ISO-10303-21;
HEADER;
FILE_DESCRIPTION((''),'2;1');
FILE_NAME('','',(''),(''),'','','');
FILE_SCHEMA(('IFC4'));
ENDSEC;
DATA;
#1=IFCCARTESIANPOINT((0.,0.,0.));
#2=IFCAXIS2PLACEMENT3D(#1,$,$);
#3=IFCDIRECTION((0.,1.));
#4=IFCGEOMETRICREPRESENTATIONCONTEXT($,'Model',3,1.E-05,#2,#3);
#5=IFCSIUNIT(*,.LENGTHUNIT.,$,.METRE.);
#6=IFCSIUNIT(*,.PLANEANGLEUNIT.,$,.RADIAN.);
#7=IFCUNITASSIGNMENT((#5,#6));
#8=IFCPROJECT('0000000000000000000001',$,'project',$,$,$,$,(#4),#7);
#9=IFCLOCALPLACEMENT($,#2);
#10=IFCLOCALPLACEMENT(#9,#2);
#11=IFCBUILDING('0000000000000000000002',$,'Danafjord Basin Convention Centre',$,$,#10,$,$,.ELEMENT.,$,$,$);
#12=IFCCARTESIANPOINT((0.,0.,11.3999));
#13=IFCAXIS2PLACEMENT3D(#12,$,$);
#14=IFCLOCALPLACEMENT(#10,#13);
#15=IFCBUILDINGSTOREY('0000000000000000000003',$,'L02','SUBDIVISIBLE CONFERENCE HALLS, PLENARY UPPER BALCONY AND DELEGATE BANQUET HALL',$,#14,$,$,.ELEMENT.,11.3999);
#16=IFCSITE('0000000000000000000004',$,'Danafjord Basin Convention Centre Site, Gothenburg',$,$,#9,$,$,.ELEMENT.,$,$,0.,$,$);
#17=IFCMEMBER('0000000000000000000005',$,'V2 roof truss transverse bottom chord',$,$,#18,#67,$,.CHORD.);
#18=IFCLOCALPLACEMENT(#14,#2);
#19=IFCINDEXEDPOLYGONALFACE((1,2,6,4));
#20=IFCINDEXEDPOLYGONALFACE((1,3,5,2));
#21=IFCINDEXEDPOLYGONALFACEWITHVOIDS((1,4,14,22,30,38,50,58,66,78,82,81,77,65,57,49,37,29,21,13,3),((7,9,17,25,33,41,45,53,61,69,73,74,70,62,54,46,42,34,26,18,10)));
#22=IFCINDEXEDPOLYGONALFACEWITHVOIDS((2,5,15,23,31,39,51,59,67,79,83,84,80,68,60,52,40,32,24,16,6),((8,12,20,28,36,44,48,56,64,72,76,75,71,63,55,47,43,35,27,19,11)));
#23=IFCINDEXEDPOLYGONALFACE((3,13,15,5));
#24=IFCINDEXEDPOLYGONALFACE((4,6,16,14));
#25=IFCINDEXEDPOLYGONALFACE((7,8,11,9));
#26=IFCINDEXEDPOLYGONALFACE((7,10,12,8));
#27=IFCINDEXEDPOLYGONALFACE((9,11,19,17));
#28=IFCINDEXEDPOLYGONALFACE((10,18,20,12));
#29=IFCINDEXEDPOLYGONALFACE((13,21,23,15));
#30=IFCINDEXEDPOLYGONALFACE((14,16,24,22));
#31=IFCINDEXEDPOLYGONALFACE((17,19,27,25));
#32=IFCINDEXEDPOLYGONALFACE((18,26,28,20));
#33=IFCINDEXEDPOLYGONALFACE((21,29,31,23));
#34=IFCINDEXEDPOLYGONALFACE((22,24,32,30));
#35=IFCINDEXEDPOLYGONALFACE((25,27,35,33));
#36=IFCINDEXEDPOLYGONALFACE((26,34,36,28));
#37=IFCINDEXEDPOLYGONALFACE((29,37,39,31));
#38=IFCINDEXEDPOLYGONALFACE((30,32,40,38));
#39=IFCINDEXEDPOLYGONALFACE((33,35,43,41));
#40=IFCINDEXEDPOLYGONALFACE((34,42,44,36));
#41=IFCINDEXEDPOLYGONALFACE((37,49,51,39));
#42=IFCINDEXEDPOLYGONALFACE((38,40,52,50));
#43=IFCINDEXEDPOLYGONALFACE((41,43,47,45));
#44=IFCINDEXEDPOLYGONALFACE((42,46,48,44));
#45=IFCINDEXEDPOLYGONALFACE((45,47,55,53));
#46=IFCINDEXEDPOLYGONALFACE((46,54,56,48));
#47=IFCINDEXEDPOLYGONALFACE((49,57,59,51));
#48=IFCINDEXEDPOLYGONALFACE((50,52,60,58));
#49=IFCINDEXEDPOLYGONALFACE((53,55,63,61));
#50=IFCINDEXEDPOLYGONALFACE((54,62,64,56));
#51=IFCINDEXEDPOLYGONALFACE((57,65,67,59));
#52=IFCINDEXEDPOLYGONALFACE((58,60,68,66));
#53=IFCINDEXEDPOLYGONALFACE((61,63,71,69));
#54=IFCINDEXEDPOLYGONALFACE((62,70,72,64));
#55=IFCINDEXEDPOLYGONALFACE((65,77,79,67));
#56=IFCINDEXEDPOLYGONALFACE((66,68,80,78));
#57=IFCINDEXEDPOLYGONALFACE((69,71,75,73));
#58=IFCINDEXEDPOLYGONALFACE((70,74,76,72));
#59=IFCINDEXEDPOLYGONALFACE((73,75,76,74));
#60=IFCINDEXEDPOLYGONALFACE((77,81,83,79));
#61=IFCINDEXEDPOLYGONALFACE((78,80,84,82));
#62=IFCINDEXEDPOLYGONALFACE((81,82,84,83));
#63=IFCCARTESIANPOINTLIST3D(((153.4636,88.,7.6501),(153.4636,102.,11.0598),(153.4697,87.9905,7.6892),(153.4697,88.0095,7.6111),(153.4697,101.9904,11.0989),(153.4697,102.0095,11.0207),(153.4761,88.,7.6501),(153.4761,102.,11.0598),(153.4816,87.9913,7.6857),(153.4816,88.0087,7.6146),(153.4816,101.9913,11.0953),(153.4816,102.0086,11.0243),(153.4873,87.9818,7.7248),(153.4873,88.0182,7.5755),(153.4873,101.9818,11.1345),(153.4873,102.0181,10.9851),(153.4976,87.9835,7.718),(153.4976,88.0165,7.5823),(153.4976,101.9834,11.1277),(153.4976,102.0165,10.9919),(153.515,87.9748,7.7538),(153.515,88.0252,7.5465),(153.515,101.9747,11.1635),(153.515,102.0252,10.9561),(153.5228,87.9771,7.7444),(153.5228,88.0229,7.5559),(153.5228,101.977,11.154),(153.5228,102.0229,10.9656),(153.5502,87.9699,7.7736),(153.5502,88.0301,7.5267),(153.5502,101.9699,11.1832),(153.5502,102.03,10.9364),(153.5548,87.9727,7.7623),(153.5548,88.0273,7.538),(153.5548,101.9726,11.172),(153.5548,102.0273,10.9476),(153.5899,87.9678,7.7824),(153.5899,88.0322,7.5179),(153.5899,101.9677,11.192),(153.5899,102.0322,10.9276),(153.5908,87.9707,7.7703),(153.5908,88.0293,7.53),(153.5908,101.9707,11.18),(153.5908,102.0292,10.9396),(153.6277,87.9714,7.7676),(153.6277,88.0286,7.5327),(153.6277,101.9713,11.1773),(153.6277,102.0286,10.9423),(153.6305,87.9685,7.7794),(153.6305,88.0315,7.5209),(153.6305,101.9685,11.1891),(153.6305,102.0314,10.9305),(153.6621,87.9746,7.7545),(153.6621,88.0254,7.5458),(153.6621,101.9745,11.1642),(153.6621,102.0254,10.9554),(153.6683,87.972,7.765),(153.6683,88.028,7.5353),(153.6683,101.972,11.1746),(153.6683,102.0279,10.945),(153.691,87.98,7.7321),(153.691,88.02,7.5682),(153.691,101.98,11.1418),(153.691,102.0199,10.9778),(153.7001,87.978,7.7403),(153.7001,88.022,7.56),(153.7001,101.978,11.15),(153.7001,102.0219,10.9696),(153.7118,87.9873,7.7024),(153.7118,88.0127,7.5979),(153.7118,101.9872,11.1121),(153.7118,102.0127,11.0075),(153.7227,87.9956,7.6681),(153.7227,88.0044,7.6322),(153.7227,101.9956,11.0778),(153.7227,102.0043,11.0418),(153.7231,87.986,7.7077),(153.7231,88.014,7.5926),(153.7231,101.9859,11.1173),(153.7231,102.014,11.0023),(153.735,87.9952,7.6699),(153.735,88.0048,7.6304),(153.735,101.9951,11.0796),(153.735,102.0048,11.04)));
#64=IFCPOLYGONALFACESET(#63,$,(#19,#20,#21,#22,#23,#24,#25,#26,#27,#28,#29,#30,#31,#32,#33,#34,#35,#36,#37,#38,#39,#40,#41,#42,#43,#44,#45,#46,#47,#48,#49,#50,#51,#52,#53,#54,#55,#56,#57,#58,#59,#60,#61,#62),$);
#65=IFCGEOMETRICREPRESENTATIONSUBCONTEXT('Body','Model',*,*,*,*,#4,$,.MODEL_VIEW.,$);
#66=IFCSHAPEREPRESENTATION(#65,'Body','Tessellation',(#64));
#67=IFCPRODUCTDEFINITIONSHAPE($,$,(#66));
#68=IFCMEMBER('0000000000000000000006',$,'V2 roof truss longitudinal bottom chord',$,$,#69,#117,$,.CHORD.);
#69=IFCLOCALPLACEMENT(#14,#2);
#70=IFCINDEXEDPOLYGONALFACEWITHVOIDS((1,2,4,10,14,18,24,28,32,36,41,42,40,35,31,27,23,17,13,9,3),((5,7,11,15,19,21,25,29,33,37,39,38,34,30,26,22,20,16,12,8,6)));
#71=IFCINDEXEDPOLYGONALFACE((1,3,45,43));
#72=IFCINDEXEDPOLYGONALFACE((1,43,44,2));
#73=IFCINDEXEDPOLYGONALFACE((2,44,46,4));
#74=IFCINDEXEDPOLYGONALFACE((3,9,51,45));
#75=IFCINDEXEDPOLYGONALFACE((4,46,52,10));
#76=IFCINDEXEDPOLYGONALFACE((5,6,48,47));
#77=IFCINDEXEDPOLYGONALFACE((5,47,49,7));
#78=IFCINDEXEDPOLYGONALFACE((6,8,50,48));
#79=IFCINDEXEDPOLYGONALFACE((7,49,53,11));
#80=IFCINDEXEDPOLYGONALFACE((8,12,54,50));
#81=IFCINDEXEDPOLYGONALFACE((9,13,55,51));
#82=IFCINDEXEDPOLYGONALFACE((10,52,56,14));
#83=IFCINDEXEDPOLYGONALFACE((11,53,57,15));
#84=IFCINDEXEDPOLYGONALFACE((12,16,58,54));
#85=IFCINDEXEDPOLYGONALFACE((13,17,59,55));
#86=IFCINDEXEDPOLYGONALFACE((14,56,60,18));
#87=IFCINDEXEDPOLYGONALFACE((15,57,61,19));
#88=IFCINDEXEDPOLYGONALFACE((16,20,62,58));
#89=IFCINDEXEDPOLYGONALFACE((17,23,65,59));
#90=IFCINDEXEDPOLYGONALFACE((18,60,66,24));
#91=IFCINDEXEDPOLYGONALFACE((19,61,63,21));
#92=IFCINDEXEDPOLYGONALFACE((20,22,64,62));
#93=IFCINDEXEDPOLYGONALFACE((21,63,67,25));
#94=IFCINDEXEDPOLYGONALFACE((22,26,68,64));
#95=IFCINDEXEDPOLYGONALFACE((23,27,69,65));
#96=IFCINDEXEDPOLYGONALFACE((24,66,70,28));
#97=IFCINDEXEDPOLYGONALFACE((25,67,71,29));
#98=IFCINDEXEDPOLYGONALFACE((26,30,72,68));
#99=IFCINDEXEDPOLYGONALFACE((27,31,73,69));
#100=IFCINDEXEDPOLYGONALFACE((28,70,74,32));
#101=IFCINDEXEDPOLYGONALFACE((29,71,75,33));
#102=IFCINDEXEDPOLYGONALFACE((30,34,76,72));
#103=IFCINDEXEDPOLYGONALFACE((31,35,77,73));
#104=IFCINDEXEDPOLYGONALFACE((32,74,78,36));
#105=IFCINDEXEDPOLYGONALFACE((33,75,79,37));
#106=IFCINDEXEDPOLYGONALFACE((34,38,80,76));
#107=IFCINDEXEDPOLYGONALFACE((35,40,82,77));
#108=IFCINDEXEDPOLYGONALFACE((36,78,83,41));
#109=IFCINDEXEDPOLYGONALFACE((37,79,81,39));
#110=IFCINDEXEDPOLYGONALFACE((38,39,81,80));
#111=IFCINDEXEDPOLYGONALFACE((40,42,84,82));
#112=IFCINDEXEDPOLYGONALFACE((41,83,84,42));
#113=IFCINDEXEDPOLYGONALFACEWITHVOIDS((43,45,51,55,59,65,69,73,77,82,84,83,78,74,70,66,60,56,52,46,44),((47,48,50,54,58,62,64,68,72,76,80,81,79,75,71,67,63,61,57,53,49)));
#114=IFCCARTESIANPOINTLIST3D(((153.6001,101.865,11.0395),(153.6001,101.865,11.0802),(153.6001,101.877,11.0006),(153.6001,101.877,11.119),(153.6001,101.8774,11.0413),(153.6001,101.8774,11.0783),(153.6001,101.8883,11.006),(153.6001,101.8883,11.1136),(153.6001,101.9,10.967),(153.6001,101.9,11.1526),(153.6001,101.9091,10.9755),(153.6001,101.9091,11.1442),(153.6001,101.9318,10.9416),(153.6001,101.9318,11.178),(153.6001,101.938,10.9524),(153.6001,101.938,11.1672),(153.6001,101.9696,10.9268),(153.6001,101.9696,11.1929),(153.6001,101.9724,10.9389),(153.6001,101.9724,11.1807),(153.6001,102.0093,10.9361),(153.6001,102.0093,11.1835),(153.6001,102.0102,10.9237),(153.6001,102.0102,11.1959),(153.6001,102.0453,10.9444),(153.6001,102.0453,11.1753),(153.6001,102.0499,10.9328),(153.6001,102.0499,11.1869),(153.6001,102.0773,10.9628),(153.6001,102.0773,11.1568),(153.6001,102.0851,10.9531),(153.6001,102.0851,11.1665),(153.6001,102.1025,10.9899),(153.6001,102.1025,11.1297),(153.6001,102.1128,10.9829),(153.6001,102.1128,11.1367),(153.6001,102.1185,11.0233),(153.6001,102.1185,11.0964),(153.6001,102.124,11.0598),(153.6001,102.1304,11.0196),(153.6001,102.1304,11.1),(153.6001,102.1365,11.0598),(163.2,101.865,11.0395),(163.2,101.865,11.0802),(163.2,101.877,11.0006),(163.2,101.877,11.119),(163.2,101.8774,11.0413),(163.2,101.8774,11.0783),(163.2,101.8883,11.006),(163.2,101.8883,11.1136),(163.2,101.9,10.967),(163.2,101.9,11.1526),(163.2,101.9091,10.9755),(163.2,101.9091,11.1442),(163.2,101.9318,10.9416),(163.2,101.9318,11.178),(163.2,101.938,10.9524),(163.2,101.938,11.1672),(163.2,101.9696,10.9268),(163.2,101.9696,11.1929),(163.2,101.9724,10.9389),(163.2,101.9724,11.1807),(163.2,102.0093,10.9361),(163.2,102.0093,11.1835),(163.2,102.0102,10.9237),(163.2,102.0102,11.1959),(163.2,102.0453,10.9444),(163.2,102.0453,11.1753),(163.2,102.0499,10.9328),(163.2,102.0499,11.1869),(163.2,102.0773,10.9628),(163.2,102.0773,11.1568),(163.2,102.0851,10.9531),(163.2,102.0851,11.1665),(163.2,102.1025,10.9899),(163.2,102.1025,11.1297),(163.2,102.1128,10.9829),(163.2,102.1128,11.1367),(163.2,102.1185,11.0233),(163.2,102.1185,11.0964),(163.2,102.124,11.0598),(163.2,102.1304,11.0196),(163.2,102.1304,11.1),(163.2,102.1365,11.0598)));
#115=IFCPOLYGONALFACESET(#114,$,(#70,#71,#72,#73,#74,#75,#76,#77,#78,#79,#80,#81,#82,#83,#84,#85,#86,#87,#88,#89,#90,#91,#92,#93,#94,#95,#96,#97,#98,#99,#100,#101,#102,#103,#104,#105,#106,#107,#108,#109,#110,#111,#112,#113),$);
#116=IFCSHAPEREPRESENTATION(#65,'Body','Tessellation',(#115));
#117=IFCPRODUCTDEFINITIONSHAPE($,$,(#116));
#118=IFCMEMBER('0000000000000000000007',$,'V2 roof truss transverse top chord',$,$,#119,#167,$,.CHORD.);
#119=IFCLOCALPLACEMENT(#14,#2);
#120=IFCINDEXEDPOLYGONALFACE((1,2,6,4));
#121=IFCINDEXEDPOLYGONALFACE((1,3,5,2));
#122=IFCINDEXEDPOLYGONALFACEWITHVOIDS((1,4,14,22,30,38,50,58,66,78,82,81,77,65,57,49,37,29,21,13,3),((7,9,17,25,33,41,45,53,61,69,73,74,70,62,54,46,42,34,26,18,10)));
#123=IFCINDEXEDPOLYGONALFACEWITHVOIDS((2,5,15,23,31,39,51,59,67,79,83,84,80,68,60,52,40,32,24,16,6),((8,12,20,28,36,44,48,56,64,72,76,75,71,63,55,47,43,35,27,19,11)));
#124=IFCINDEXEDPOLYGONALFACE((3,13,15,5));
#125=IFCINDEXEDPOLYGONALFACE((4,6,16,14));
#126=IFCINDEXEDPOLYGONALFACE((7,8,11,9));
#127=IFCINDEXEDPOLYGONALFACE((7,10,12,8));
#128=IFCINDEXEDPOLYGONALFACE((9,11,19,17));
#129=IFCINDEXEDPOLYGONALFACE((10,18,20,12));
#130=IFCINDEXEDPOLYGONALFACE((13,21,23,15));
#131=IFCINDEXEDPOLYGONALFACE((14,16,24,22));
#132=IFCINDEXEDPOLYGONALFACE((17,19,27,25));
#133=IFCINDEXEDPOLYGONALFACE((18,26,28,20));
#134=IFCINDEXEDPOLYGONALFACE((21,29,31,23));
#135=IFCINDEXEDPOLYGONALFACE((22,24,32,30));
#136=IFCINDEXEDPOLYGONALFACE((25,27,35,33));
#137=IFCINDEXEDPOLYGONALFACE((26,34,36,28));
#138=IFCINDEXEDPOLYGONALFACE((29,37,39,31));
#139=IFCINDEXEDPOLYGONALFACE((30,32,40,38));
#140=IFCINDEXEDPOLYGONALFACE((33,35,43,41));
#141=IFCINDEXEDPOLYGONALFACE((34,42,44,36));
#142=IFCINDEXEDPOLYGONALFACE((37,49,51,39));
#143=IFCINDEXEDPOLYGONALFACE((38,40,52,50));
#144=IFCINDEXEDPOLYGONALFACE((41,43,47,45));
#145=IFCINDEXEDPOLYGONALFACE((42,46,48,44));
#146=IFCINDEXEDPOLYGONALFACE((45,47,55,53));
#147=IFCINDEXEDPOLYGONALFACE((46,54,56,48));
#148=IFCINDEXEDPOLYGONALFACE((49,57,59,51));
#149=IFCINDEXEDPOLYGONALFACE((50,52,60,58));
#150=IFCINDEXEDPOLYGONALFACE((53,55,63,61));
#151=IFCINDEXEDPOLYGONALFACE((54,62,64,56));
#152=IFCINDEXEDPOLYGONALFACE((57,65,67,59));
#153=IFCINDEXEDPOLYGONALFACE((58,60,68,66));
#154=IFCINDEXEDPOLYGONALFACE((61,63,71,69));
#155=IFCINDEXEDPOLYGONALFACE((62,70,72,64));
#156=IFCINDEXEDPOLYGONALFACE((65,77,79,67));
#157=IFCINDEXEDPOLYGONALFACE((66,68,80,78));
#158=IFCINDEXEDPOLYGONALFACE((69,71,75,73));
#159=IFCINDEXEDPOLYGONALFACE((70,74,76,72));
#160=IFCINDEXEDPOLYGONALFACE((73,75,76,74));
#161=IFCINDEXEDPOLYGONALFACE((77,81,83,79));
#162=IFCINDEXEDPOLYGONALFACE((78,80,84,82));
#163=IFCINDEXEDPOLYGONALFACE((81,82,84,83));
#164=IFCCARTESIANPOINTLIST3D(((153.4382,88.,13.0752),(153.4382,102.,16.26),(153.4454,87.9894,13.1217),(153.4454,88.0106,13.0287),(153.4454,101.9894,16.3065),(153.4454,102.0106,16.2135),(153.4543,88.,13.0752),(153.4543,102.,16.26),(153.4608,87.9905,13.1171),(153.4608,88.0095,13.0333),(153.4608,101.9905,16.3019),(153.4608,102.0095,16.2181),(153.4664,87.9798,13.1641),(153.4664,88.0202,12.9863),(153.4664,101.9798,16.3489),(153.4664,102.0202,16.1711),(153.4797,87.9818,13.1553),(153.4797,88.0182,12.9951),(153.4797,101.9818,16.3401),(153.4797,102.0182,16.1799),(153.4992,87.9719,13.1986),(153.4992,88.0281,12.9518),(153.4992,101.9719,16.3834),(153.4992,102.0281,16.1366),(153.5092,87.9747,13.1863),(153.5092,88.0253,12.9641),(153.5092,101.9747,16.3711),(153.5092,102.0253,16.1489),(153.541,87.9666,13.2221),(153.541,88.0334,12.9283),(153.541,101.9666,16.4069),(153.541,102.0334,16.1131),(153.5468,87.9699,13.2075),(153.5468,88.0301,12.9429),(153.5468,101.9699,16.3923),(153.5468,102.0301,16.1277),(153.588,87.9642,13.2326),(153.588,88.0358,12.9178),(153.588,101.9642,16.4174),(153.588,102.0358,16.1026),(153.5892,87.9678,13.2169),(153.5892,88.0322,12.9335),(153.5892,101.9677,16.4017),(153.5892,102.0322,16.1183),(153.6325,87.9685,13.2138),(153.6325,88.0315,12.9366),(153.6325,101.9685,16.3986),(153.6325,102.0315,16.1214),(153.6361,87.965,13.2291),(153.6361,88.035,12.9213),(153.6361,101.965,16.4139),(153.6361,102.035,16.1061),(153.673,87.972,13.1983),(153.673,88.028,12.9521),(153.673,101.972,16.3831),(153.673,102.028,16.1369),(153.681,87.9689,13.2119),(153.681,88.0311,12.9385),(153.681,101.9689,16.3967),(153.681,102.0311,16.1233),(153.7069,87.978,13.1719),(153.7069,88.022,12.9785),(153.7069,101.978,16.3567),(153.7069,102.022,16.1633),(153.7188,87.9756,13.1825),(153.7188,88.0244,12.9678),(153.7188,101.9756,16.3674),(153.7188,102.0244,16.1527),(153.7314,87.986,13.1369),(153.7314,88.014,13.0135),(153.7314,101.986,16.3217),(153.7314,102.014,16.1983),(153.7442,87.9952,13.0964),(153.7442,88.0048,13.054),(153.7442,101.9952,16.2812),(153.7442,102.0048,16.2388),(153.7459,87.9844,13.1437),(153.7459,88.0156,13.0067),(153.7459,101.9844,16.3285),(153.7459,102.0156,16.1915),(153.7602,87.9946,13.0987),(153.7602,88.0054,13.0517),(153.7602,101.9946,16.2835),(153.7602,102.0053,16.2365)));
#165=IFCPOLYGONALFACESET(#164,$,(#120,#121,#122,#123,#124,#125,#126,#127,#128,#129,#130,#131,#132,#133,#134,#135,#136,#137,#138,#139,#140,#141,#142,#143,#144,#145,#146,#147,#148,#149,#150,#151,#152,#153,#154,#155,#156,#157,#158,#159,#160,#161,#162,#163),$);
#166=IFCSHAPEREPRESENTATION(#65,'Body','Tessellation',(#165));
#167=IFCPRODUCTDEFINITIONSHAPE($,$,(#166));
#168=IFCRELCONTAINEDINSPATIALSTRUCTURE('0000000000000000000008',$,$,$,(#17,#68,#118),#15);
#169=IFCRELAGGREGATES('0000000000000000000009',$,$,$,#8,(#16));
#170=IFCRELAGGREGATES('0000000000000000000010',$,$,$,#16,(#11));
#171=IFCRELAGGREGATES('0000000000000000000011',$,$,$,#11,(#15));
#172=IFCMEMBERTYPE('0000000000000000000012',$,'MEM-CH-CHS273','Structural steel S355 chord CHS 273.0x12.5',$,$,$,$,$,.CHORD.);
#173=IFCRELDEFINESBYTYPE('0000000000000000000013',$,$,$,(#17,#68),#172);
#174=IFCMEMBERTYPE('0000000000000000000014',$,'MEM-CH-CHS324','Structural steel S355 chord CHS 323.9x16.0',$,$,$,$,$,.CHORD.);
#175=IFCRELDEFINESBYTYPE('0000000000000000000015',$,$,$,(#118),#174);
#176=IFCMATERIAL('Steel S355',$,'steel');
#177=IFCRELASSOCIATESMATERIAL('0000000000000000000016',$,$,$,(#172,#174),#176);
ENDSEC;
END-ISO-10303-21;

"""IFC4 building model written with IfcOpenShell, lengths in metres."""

from ifc_helpers import new_model, si_unit, direction, frame, origin, origin_2d, place, context, subcontext, project, spatial, hollow_circle, extrude, material, material_profile, profile_set, type_object, element, save


model = new_model("IFC4")

# Units and contexts
model_context = context("Model", 3, precision=1e-05, world=origin(), true_north=direction((0.0, 1.0)))
body_context = subcontext(model_context, "Body", "Model", "MODEL_VIEW")
ifc_project = project(units=[si_unit("LENGTHUNIT", "METRE"), si_unit("PLANEANGLEUNIT", "RADIAN")], contexts=[model_context])

# Site, building, storey
site_placement = place(None, origin())
site = spatial("IfcSite", under=ifc_project, at=site_placement, Name="Danafjord Basin Convention Centre Site, Gothenburg", CompositionType="ELEMENT", RefElevation=0.0)
building_placement = place(site_placement, origin())
building = spatial("IfcBuilding", under=site, at=building_placement, Name="Danafjord Basin Convention Centre", CompositionType="ELEMENT")
storey_placement = place(building_placement, frame((0.0, 0.0, 11.3999)))
storey = spatial("IfcBuildingStorey", under=building, at=storey_placement, Name="L02", Description="SUBDIVISIBLE CONFERENCE HALLS, PLENARY UPPER BALCONY AND DELEGATE BANQUET HALL", CompositionType="ELEMENT", Elevation=11.3999)

# Shared definitions
ifc_material = material(Name="Steel S355", Category="steel")

# Members
ifc_material_profile_1 = material_profile(ifc_material, hollow_circle(Radius=0.1365, WallThickness=0.0125, at=origin_2d()), Name="CHS 273.0x12.5")
ifc_profile_set_1 = profile_set([ifc_material_profile_1], Name="Steel S355")
member_type_1 = type_object("IfcMemberType", Name="MEM-CH-CHS273", Description="Structural steel S355 chord CHS 273.0x12.5", PredefinedType="CHORD", material=ifc_profile_set_1)
member_1_placement = place(storey_placement, frame((153.6001, 88.0, 7.6501), z_axis=(0.0, 0.9716, 0.236631), x_axis=(-1.0, 0.0, 0.0)))
element("IfcMember", 1, at=member_1_placement, inside=storey, type_object=member_type_1, Name="V2 roof truss transverse bottom chord", PredefinedType="CHORD", context=body_context, shape_type="SweptSolid", body=[
    extrude(hollow_circle(Radius=0.1365, WallThickness=0.0125, at=origin_2d()), origin(), (0.0, 0.0, 1.0), 14.4092),
])
member_2_placement = place(storey_placement, frame((153.6001, 102.0, 11.0598), z_axis=(1.0, 0.0, 0.0), x_axis=(0.0, 1.0, 0.0)))
element("IfcMember", 2, at=member_2_placement, inside=storey, type_object=member_type_1, Name="V2 roof truss longitudinal bottom chord", PredefinedType="CHORD", context=body_context, shape_type="SweptSolid", body=[
    extrude(hollow_circle(Radius=0.1365, WallThickness=0.0125, at=origin_2d()), origin(), (0.0, 0.0, 1.0), 9.5999),
])
ifc_material_profile_2 = material_profile(ifc_material, hollow_circle(Radius=0.1619, WallThickness=0.0161, at=origin_2d()), Name="CHS 323.9x16.0")
ifc_profile_set_2 = profile_set([ifc_material_profile_2], Name="Steel S355")
member_type_2 = type_object("IfcMemberType", Name="MEM-CH-CHS324", Description="Structural steel S355 chord CHS 323.9x16.0", PredefinedType="CHORD", material=ifc_profile_set_2)
member_3_placement = place(storey_placement, frame((153.6001, 88.0, 13.0752), z_axis=(0.0, 0.975088, 0.22182), x_axis=(-1.0, 0.0, 0.0)))
element("IfcMember", 3, at=member_3_placement, inside=storey, type_object=member_type_2, Name="V2 roof truss transverse top chord", PredefinedType="CHORD", context=body_context, shape_type="SweptSolid", body=[
    extrude(hollow_circle(Radius=0.1619, WallThickness=0.0161, at=origin_2d()), origin(), (0.0, 0.0, 1.0), 14.3577),
])

save(model, "model.ifc")
